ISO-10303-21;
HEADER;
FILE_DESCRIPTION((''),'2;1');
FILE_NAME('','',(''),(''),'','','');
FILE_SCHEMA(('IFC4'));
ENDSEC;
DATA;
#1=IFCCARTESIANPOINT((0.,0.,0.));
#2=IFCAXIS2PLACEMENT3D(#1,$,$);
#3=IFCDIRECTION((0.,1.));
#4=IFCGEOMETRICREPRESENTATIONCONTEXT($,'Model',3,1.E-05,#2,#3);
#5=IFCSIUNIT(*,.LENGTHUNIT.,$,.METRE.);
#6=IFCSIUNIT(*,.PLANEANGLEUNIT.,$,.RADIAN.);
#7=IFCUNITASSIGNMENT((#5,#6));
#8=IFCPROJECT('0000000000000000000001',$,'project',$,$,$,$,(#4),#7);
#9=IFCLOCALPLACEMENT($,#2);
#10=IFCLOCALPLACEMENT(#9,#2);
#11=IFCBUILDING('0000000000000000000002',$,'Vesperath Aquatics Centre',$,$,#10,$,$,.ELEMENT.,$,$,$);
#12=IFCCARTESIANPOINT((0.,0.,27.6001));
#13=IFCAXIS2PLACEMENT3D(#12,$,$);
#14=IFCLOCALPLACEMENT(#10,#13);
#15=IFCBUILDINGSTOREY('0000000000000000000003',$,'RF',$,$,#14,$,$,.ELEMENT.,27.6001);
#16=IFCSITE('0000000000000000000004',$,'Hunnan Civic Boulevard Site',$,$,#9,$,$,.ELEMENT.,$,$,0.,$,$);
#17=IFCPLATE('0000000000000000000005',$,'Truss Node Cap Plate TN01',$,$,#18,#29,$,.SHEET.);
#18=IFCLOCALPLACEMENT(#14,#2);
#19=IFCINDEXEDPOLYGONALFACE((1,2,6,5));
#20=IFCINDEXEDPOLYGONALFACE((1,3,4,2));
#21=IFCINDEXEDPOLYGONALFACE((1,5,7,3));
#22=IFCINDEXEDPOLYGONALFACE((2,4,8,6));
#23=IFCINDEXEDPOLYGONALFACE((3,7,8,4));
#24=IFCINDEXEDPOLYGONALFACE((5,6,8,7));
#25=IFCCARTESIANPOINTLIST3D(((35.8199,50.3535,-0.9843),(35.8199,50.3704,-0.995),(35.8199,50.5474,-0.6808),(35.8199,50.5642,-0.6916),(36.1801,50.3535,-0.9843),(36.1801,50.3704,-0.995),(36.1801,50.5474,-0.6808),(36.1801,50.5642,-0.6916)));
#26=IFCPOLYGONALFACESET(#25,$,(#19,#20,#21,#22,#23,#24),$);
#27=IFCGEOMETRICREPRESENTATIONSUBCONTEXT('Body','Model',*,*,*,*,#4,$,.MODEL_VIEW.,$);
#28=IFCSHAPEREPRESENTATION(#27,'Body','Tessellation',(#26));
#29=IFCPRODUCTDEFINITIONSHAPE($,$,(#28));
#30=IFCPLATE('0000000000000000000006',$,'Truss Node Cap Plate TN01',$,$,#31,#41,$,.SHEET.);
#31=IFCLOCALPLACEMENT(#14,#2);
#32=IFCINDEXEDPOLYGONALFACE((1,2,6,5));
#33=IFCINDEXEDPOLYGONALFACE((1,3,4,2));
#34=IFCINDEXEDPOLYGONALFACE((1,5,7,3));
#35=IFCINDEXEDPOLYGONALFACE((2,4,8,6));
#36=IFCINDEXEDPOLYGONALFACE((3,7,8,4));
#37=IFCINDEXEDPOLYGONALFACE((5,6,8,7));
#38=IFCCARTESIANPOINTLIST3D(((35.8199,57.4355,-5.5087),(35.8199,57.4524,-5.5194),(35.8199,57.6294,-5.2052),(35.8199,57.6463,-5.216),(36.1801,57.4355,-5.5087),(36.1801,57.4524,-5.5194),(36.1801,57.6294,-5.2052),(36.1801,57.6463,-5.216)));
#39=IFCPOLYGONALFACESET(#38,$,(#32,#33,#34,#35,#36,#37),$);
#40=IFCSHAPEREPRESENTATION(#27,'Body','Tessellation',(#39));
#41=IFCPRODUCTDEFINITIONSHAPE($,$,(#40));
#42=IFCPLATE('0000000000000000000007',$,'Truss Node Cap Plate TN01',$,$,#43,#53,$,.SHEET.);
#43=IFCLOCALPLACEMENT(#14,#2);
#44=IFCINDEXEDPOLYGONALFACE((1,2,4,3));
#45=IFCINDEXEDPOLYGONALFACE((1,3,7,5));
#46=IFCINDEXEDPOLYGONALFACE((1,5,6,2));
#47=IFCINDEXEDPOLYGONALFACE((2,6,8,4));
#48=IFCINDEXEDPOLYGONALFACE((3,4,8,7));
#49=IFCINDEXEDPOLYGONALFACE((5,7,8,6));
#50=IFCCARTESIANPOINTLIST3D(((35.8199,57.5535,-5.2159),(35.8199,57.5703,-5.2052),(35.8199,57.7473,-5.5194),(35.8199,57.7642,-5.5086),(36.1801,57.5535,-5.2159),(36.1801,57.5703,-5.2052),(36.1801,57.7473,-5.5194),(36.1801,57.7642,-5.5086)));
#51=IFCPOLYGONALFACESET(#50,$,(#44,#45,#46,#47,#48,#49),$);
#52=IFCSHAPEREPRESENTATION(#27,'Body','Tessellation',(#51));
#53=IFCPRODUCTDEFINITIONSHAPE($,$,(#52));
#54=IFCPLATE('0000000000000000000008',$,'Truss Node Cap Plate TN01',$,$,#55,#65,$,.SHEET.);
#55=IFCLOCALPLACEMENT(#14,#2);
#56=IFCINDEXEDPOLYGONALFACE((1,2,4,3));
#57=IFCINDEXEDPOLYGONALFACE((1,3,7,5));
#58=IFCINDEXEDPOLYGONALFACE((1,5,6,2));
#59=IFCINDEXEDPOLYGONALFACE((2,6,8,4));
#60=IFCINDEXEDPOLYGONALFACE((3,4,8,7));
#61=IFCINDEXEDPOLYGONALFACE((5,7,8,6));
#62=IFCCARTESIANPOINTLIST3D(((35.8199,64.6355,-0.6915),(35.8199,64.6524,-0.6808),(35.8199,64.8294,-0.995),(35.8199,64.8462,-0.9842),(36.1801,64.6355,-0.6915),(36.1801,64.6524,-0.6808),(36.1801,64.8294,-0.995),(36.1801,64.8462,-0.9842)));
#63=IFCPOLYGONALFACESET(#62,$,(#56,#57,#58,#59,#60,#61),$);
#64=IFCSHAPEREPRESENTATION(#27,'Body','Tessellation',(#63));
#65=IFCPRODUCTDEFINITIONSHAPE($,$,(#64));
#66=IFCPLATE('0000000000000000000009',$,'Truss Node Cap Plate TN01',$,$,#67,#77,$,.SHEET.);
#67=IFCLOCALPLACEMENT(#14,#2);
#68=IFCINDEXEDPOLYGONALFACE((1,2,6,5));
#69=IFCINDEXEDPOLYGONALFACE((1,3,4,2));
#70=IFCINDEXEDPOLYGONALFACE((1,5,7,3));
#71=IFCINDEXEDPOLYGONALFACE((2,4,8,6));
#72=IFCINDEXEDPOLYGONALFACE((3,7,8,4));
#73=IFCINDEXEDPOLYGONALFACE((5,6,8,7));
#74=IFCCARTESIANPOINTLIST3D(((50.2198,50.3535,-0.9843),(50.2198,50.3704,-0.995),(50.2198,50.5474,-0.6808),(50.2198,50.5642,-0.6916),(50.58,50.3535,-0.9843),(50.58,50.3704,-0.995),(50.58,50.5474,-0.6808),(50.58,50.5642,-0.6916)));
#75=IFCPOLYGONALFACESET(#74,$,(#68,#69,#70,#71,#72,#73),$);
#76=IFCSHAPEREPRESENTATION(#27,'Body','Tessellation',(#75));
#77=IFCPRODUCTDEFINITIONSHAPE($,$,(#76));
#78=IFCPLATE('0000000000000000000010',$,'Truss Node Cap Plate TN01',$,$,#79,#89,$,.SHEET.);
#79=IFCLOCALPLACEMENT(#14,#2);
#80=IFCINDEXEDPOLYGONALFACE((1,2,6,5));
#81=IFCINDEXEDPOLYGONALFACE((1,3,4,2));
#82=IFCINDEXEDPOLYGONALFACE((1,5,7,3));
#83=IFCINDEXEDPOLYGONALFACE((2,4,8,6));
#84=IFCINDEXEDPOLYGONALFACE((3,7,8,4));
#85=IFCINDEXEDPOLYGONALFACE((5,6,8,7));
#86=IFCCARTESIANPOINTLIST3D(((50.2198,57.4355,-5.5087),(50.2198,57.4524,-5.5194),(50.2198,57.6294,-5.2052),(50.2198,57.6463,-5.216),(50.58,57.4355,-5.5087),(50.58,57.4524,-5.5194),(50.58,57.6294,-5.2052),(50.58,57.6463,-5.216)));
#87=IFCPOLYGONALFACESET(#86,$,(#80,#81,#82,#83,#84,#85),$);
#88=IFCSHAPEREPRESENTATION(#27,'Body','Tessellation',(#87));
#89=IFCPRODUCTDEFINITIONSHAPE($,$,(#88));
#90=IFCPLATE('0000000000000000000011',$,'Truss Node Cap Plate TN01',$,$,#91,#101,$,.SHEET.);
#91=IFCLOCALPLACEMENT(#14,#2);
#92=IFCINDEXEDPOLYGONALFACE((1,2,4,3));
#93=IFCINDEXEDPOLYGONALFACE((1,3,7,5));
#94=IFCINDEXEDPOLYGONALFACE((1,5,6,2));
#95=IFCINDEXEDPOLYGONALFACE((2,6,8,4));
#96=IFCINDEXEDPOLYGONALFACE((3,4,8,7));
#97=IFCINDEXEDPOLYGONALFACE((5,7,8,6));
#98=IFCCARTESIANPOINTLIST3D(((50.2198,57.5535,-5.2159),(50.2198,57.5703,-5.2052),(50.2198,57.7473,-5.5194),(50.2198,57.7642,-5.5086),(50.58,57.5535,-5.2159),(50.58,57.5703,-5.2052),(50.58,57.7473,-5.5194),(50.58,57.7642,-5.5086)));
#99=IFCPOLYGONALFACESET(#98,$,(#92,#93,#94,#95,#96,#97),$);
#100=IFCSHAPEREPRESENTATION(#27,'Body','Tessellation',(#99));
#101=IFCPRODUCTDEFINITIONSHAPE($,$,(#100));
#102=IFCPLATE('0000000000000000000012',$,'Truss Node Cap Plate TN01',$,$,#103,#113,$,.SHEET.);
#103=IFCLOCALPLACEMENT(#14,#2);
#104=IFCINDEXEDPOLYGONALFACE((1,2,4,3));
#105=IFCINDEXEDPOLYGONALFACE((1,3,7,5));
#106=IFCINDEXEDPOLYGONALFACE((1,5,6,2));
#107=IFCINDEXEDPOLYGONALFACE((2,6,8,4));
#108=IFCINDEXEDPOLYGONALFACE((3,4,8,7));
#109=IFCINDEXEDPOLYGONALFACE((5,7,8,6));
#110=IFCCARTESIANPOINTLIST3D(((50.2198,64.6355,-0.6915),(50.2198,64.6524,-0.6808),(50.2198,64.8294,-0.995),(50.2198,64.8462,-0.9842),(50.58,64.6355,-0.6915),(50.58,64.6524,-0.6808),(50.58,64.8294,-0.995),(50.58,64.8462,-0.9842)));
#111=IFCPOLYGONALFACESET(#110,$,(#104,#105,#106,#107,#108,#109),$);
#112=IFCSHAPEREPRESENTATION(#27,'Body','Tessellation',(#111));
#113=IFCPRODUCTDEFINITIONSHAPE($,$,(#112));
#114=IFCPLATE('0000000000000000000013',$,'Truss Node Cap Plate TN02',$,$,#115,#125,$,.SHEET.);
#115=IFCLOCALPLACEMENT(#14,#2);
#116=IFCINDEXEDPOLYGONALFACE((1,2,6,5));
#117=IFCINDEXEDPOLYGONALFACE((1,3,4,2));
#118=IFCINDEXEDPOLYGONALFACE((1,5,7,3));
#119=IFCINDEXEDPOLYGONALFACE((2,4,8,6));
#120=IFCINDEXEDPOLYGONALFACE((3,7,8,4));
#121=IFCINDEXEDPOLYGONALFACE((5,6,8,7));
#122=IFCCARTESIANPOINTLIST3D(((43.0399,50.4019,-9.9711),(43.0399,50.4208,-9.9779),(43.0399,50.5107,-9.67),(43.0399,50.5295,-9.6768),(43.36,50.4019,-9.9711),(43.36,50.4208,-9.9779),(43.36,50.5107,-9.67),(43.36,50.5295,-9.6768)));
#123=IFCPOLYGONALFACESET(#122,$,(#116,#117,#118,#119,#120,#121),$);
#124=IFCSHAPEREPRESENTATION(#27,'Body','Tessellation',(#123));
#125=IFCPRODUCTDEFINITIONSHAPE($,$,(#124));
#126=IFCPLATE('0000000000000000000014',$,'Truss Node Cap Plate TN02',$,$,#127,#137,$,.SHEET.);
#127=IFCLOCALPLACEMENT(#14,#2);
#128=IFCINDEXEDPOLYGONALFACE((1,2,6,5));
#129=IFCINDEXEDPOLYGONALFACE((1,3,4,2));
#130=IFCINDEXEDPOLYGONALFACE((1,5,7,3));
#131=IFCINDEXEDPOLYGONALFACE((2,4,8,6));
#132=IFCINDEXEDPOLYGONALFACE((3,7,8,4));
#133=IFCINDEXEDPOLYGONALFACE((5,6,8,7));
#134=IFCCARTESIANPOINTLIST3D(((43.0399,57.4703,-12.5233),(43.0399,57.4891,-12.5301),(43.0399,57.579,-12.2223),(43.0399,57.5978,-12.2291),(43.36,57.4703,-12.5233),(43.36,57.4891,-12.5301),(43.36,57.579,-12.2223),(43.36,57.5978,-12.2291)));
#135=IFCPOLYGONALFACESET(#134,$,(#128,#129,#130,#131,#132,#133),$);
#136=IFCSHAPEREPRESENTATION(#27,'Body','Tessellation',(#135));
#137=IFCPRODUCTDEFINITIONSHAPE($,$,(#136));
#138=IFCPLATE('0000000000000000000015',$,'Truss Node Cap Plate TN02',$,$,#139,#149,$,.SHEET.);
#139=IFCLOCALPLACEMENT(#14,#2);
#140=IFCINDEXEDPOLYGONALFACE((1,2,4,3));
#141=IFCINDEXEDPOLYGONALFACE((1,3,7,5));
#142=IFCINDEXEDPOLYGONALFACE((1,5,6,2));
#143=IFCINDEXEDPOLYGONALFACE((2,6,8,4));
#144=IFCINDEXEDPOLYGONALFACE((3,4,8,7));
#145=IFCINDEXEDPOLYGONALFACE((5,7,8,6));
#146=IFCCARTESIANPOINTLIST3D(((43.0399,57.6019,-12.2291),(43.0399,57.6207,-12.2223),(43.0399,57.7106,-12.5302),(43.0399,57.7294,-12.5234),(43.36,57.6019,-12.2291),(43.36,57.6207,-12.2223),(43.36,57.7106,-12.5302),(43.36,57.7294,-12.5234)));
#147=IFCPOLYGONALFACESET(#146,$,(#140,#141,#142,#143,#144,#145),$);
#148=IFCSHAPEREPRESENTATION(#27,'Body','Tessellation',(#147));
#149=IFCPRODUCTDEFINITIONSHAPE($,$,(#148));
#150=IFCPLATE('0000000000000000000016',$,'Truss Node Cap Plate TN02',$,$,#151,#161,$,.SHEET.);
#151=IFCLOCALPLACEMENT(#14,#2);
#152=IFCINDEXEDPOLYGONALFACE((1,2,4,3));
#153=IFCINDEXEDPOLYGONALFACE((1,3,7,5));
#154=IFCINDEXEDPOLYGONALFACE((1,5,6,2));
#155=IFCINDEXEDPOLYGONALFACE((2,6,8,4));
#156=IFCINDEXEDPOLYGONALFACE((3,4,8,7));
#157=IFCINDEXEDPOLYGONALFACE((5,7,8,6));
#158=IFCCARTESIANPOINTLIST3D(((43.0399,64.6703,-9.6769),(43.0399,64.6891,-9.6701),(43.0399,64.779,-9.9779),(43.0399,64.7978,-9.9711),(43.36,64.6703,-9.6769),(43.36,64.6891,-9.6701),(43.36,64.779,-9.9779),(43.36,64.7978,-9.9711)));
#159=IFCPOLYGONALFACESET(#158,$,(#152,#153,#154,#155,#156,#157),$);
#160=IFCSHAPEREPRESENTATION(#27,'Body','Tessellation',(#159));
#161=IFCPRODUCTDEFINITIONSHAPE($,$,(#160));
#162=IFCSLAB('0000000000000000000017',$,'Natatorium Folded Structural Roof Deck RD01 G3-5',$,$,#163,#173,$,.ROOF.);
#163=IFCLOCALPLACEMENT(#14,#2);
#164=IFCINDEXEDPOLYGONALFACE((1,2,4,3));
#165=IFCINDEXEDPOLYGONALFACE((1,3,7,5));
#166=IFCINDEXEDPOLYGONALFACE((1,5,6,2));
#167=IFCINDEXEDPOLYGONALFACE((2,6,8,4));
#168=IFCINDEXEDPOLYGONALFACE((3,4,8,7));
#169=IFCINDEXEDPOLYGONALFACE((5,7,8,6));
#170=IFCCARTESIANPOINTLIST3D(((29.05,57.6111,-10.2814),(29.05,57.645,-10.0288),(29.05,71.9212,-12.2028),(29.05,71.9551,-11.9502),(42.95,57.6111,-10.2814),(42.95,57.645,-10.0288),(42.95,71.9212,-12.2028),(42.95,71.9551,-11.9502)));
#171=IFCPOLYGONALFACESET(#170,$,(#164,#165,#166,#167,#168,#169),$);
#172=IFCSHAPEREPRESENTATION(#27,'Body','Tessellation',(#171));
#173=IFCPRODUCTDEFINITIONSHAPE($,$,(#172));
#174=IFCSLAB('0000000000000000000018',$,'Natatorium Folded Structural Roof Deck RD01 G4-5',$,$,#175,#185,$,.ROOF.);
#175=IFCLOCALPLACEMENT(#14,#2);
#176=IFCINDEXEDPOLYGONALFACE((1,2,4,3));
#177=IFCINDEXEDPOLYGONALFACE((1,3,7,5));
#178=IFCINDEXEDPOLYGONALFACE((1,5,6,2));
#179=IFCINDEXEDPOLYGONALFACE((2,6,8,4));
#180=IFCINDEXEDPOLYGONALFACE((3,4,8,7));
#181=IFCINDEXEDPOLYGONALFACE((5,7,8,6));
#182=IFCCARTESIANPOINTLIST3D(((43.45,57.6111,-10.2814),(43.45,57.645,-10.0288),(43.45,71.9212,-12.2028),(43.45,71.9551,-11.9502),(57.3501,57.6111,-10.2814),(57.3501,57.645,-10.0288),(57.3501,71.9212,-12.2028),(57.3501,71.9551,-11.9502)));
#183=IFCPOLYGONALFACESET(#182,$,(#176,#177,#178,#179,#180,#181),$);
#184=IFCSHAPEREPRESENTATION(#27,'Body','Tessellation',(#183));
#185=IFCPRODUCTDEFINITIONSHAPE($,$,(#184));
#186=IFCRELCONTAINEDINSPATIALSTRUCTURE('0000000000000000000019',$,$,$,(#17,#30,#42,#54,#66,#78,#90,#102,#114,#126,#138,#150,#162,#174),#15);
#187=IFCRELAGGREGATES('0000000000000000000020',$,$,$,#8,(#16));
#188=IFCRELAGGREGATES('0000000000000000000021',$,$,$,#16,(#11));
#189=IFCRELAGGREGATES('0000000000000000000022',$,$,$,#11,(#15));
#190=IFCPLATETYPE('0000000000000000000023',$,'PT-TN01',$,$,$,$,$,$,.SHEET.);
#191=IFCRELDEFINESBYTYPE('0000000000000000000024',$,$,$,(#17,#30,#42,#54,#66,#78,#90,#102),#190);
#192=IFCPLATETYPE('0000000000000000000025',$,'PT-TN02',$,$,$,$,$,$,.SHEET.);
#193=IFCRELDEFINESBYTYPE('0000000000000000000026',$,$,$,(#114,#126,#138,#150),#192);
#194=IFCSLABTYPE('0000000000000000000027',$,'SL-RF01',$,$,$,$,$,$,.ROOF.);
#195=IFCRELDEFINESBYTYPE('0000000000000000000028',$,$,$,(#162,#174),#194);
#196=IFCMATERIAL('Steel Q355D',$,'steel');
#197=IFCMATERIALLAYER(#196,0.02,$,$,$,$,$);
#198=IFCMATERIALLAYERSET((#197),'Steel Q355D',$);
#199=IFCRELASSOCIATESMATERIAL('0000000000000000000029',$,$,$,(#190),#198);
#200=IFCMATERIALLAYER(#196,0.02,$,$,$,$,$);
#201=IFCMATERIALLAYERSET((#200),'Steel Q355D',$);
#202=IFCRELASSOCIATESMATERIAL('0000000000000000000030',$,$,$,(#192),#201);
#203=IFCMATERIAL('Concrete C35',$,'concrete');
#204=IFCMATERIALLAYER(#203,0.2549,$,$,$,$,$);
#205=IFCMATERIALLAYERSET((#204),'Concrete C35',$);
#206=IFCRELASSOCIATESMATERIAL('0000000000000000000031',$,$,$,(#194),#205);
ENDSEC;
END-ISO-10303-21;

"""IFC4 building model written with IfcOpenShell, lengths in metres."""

from ifc_helpers import new_model, si_unit, direction, frame, origin, origin_2d, place, context, subcontext, project, spatial, polyline, rectangle, outline, extrude, material, layer, layer_set, type_object, element, save


model = new_model("IFC4")

# Units and contexts
model_context = context("Model", 3, precision=1e-05, world=origin(), true_north=direction((0.0, 1.0)))
body_context = subcontext(model_context, "Body", "Model", "MODEL_VIEW")
ifc_project = project(units=[si_unit("LENGTHUNIT", "METRE"), si_unit("PLANEANGLEUNIT", "RADIAN")], contexts=[model_context])

# Site, building, storey
site_placement = place(None, origin())
site = spatial("IfcSite", under=ifc_project, at=site_placement, Name="Hunnan Civic Boulevard Site", CompositionType="ELEMENT", RefElevation=0.0)
building_placement = place(site_placement, origin())
building = spatial("IfcBuilding", under=site, at=building_placement, Name="Vesperath Aquatics Centre", CompositionType="ELEMENT")
storey_placement = place(building_placement, frame((0.0, 0.0, 27.6001)))
storey = spatial("IfcBuildingStorey", under=building, at=storey_placement, Name="RF", CompositionType="ELEMENT", Elevation=27.6001)

# Shared definitions
ifc_material_1 = material(Name="Steel Q355D", Category="steel")

# Plates
ifc_layer_1 = layer(ifc_material_1, 0.02)
ifc_layer_set_1 = layer_set([ifc_layer_1], Name="Steel Q355D")
plate_type_1 = type_object("IfcPlateType", Name="PT-TN01", PredefinedType="SHEET", material=ifc_layer_set_1)
for number, where, z_axis, x_axis, name in (
    (1, (36.0, 50.4504, -0.8325), (0.0, 0.842696, -0.538389), (-1.0, 0.0, 0.0), "Truss Node Cap Plate TN01"),
    (2, (36.0, 57.5325, -5.3569), (0.0, 0.842696, -0.538389), (-1.0, 0.0, 0.0), "Truss Node Cap Plate TN01"),
    (3, (36.0, 57.6504, -5.3677), (0.0, 0.842696, 0.538389), (-1.0, 0.0, 0.0), "Truss Node Cap Plate TN01"),
    (4, (36.0, 64.7324, -0.8433), (0.0, 0.842696, 0.538389), (-1.0, 0.0, 0.0), "Truss Node Cap Plate TN01"),
    (5, (50.3999, 50.4504, -0.8325), (0.0, 0.842696, -0.538389), (-1.0, 0.0, 0.0), "Truss Node Cap Plate TN01"),
    (6, (50.3999, 57.5325, -5.3569), (0.0, 0.842696, -0.538389), (-1.0, 0.0, 0.0), "Truss Node Cap Plate TN01"),
    (7, (50.3999, 57.6504, -5.3677), (0.0, 0.842696, 0.538389), (-1.0, 0.0, 0.0), "Truss Node Cap Plate TN01"),
    (8, (50.3999, 64.7324, -0.8433), (0.0, 0.842696, 0.538389), (-1.0, 0.0, 0.0), "Truss Node Cap Plate TN01"),
):
    element("IfcPlate", number, at=place(storey_placement, frame(where, z_axis=z_axis, x_axis=x_axis)), inside=storey, type_object=plate_type_1, Name=name, PredefinedType="SHEET", context=body_context, shape_type="SweptSolid", body=[
        extrude(rectangle(XDim=0.3601, YDim=0.3601, at=origin_2d()), origin(), (0.0, 0.0, 1.0), 0.02),
    ])
ifc_layer_2 = layer(ifc_material_1, 0.02)
ifc_layer_set_2 = layer_set([ifc_layer_2], Name="Steel Q355D")
plate_type_2 = type_object("IfcPlateType", Name="PT-TN02", PredefinedType="SHEET", material=ifc_layer_set_2)
for number, where, z_axis, x_axis, name in (
    (9, (43.2, 50.4563, -9.8206), (0.0, 0.940554, -0.339644), (-1.0, 0.0, 0.0), "Truss Node Cap Plate TN02"),
    (10, (43.2, 57.5247, -12.3728), (0.0, 0.940554, -0.339644), (-1.0, 0.0, 0.0), "Truss Node Cap Plate TN02"),
    (11, (43.2, 57.6562, -12.3796), (0.0, 0.940554, 0.339644), (-1.0, 0.0, 0.0), "Truss Node Cap Plate TN02"),
    (12, (43.2, 64.7246, -9.8274), (0.0, 0.940554, 0.339644), (-1.0, 0.0, 0.0), "Truss Node Cap Plate TN02"),
):
    element("IfcPlate", number, at=place(storey_placement, frame(where, z_axis=z_axis, x_axis=x_axis)), inside=storey, type_object=plate_type_2, Name=name, PredefinedType="SHEET", context=body_context, shape_type="SweptSolid", body=[
        extrude(rectangle(XDim=0.3201, YDim=0.3201, at=origin_2d()), origin(), (0.0, 0.0, 1.0), 0.02),
    ])

# Slabs
ifc_material_2 = material(Name="Concrete C35", Category="concrete")
ifc_layer_3 = layer(ifc_material_2, 0.2549)
ifc_layer_set_3 = layer_set([ifc_layer_3], Name="Concrete C35")
slab_type = type_object("IfcSlabType", Name="SL-RF01", PredefinedType="ROOF", material=ifc_layer_set_3)
slab_1_placement = place(storey_placement, frame((29.05, 57.645, -10.0288), z_axis=(0.0, 0.133074, 0.991106), x_axis=(1.0, 0.0, 0.0)))
element("IfcSlab", 13, at=slab_1_placement, inside=storey, type_object=slab_type, Name="Natatorium Folded Structural Roof Deck RD01 G3-5", PredefinedType="ROOF", context=body_context, shape_type="SweptSolid", body=[
    extrude(outline(polyline([(0.0, 0.0), (13.8999, 0.0), (13.8999, 14.4385), (0.0, 14.4385), (0.0, 0.0)])), origin(), (0.0, 0.0, -1.0), 0.2549),
])
slab_2_placement = place(storey_placement, frame((43.45, 57.645, -10.0288), z_axis=(0.0, 0.133074, 0.991106), x_axis=(1.0, 0.0, 0.0)))
element("IfcSlab", 14, at=slab_2_placement, inside=storey, type_object=slab_type, Name="Natatorium Folded Structural Roof Deck RD01 G4-5", PredefinedType="ROOF", context=body_context, shape_type="SweptSolid", body=[
    extrude(outline(polyline([(0.0, 0.0), (13.9001, 0.0), (13.9001, 14.4385), (0.0, 14.4385), (0.0, 0.0)])), origin(), (0.0, 0.0, -1.0), 0.2549),
])

save(model, "model.ifc")
